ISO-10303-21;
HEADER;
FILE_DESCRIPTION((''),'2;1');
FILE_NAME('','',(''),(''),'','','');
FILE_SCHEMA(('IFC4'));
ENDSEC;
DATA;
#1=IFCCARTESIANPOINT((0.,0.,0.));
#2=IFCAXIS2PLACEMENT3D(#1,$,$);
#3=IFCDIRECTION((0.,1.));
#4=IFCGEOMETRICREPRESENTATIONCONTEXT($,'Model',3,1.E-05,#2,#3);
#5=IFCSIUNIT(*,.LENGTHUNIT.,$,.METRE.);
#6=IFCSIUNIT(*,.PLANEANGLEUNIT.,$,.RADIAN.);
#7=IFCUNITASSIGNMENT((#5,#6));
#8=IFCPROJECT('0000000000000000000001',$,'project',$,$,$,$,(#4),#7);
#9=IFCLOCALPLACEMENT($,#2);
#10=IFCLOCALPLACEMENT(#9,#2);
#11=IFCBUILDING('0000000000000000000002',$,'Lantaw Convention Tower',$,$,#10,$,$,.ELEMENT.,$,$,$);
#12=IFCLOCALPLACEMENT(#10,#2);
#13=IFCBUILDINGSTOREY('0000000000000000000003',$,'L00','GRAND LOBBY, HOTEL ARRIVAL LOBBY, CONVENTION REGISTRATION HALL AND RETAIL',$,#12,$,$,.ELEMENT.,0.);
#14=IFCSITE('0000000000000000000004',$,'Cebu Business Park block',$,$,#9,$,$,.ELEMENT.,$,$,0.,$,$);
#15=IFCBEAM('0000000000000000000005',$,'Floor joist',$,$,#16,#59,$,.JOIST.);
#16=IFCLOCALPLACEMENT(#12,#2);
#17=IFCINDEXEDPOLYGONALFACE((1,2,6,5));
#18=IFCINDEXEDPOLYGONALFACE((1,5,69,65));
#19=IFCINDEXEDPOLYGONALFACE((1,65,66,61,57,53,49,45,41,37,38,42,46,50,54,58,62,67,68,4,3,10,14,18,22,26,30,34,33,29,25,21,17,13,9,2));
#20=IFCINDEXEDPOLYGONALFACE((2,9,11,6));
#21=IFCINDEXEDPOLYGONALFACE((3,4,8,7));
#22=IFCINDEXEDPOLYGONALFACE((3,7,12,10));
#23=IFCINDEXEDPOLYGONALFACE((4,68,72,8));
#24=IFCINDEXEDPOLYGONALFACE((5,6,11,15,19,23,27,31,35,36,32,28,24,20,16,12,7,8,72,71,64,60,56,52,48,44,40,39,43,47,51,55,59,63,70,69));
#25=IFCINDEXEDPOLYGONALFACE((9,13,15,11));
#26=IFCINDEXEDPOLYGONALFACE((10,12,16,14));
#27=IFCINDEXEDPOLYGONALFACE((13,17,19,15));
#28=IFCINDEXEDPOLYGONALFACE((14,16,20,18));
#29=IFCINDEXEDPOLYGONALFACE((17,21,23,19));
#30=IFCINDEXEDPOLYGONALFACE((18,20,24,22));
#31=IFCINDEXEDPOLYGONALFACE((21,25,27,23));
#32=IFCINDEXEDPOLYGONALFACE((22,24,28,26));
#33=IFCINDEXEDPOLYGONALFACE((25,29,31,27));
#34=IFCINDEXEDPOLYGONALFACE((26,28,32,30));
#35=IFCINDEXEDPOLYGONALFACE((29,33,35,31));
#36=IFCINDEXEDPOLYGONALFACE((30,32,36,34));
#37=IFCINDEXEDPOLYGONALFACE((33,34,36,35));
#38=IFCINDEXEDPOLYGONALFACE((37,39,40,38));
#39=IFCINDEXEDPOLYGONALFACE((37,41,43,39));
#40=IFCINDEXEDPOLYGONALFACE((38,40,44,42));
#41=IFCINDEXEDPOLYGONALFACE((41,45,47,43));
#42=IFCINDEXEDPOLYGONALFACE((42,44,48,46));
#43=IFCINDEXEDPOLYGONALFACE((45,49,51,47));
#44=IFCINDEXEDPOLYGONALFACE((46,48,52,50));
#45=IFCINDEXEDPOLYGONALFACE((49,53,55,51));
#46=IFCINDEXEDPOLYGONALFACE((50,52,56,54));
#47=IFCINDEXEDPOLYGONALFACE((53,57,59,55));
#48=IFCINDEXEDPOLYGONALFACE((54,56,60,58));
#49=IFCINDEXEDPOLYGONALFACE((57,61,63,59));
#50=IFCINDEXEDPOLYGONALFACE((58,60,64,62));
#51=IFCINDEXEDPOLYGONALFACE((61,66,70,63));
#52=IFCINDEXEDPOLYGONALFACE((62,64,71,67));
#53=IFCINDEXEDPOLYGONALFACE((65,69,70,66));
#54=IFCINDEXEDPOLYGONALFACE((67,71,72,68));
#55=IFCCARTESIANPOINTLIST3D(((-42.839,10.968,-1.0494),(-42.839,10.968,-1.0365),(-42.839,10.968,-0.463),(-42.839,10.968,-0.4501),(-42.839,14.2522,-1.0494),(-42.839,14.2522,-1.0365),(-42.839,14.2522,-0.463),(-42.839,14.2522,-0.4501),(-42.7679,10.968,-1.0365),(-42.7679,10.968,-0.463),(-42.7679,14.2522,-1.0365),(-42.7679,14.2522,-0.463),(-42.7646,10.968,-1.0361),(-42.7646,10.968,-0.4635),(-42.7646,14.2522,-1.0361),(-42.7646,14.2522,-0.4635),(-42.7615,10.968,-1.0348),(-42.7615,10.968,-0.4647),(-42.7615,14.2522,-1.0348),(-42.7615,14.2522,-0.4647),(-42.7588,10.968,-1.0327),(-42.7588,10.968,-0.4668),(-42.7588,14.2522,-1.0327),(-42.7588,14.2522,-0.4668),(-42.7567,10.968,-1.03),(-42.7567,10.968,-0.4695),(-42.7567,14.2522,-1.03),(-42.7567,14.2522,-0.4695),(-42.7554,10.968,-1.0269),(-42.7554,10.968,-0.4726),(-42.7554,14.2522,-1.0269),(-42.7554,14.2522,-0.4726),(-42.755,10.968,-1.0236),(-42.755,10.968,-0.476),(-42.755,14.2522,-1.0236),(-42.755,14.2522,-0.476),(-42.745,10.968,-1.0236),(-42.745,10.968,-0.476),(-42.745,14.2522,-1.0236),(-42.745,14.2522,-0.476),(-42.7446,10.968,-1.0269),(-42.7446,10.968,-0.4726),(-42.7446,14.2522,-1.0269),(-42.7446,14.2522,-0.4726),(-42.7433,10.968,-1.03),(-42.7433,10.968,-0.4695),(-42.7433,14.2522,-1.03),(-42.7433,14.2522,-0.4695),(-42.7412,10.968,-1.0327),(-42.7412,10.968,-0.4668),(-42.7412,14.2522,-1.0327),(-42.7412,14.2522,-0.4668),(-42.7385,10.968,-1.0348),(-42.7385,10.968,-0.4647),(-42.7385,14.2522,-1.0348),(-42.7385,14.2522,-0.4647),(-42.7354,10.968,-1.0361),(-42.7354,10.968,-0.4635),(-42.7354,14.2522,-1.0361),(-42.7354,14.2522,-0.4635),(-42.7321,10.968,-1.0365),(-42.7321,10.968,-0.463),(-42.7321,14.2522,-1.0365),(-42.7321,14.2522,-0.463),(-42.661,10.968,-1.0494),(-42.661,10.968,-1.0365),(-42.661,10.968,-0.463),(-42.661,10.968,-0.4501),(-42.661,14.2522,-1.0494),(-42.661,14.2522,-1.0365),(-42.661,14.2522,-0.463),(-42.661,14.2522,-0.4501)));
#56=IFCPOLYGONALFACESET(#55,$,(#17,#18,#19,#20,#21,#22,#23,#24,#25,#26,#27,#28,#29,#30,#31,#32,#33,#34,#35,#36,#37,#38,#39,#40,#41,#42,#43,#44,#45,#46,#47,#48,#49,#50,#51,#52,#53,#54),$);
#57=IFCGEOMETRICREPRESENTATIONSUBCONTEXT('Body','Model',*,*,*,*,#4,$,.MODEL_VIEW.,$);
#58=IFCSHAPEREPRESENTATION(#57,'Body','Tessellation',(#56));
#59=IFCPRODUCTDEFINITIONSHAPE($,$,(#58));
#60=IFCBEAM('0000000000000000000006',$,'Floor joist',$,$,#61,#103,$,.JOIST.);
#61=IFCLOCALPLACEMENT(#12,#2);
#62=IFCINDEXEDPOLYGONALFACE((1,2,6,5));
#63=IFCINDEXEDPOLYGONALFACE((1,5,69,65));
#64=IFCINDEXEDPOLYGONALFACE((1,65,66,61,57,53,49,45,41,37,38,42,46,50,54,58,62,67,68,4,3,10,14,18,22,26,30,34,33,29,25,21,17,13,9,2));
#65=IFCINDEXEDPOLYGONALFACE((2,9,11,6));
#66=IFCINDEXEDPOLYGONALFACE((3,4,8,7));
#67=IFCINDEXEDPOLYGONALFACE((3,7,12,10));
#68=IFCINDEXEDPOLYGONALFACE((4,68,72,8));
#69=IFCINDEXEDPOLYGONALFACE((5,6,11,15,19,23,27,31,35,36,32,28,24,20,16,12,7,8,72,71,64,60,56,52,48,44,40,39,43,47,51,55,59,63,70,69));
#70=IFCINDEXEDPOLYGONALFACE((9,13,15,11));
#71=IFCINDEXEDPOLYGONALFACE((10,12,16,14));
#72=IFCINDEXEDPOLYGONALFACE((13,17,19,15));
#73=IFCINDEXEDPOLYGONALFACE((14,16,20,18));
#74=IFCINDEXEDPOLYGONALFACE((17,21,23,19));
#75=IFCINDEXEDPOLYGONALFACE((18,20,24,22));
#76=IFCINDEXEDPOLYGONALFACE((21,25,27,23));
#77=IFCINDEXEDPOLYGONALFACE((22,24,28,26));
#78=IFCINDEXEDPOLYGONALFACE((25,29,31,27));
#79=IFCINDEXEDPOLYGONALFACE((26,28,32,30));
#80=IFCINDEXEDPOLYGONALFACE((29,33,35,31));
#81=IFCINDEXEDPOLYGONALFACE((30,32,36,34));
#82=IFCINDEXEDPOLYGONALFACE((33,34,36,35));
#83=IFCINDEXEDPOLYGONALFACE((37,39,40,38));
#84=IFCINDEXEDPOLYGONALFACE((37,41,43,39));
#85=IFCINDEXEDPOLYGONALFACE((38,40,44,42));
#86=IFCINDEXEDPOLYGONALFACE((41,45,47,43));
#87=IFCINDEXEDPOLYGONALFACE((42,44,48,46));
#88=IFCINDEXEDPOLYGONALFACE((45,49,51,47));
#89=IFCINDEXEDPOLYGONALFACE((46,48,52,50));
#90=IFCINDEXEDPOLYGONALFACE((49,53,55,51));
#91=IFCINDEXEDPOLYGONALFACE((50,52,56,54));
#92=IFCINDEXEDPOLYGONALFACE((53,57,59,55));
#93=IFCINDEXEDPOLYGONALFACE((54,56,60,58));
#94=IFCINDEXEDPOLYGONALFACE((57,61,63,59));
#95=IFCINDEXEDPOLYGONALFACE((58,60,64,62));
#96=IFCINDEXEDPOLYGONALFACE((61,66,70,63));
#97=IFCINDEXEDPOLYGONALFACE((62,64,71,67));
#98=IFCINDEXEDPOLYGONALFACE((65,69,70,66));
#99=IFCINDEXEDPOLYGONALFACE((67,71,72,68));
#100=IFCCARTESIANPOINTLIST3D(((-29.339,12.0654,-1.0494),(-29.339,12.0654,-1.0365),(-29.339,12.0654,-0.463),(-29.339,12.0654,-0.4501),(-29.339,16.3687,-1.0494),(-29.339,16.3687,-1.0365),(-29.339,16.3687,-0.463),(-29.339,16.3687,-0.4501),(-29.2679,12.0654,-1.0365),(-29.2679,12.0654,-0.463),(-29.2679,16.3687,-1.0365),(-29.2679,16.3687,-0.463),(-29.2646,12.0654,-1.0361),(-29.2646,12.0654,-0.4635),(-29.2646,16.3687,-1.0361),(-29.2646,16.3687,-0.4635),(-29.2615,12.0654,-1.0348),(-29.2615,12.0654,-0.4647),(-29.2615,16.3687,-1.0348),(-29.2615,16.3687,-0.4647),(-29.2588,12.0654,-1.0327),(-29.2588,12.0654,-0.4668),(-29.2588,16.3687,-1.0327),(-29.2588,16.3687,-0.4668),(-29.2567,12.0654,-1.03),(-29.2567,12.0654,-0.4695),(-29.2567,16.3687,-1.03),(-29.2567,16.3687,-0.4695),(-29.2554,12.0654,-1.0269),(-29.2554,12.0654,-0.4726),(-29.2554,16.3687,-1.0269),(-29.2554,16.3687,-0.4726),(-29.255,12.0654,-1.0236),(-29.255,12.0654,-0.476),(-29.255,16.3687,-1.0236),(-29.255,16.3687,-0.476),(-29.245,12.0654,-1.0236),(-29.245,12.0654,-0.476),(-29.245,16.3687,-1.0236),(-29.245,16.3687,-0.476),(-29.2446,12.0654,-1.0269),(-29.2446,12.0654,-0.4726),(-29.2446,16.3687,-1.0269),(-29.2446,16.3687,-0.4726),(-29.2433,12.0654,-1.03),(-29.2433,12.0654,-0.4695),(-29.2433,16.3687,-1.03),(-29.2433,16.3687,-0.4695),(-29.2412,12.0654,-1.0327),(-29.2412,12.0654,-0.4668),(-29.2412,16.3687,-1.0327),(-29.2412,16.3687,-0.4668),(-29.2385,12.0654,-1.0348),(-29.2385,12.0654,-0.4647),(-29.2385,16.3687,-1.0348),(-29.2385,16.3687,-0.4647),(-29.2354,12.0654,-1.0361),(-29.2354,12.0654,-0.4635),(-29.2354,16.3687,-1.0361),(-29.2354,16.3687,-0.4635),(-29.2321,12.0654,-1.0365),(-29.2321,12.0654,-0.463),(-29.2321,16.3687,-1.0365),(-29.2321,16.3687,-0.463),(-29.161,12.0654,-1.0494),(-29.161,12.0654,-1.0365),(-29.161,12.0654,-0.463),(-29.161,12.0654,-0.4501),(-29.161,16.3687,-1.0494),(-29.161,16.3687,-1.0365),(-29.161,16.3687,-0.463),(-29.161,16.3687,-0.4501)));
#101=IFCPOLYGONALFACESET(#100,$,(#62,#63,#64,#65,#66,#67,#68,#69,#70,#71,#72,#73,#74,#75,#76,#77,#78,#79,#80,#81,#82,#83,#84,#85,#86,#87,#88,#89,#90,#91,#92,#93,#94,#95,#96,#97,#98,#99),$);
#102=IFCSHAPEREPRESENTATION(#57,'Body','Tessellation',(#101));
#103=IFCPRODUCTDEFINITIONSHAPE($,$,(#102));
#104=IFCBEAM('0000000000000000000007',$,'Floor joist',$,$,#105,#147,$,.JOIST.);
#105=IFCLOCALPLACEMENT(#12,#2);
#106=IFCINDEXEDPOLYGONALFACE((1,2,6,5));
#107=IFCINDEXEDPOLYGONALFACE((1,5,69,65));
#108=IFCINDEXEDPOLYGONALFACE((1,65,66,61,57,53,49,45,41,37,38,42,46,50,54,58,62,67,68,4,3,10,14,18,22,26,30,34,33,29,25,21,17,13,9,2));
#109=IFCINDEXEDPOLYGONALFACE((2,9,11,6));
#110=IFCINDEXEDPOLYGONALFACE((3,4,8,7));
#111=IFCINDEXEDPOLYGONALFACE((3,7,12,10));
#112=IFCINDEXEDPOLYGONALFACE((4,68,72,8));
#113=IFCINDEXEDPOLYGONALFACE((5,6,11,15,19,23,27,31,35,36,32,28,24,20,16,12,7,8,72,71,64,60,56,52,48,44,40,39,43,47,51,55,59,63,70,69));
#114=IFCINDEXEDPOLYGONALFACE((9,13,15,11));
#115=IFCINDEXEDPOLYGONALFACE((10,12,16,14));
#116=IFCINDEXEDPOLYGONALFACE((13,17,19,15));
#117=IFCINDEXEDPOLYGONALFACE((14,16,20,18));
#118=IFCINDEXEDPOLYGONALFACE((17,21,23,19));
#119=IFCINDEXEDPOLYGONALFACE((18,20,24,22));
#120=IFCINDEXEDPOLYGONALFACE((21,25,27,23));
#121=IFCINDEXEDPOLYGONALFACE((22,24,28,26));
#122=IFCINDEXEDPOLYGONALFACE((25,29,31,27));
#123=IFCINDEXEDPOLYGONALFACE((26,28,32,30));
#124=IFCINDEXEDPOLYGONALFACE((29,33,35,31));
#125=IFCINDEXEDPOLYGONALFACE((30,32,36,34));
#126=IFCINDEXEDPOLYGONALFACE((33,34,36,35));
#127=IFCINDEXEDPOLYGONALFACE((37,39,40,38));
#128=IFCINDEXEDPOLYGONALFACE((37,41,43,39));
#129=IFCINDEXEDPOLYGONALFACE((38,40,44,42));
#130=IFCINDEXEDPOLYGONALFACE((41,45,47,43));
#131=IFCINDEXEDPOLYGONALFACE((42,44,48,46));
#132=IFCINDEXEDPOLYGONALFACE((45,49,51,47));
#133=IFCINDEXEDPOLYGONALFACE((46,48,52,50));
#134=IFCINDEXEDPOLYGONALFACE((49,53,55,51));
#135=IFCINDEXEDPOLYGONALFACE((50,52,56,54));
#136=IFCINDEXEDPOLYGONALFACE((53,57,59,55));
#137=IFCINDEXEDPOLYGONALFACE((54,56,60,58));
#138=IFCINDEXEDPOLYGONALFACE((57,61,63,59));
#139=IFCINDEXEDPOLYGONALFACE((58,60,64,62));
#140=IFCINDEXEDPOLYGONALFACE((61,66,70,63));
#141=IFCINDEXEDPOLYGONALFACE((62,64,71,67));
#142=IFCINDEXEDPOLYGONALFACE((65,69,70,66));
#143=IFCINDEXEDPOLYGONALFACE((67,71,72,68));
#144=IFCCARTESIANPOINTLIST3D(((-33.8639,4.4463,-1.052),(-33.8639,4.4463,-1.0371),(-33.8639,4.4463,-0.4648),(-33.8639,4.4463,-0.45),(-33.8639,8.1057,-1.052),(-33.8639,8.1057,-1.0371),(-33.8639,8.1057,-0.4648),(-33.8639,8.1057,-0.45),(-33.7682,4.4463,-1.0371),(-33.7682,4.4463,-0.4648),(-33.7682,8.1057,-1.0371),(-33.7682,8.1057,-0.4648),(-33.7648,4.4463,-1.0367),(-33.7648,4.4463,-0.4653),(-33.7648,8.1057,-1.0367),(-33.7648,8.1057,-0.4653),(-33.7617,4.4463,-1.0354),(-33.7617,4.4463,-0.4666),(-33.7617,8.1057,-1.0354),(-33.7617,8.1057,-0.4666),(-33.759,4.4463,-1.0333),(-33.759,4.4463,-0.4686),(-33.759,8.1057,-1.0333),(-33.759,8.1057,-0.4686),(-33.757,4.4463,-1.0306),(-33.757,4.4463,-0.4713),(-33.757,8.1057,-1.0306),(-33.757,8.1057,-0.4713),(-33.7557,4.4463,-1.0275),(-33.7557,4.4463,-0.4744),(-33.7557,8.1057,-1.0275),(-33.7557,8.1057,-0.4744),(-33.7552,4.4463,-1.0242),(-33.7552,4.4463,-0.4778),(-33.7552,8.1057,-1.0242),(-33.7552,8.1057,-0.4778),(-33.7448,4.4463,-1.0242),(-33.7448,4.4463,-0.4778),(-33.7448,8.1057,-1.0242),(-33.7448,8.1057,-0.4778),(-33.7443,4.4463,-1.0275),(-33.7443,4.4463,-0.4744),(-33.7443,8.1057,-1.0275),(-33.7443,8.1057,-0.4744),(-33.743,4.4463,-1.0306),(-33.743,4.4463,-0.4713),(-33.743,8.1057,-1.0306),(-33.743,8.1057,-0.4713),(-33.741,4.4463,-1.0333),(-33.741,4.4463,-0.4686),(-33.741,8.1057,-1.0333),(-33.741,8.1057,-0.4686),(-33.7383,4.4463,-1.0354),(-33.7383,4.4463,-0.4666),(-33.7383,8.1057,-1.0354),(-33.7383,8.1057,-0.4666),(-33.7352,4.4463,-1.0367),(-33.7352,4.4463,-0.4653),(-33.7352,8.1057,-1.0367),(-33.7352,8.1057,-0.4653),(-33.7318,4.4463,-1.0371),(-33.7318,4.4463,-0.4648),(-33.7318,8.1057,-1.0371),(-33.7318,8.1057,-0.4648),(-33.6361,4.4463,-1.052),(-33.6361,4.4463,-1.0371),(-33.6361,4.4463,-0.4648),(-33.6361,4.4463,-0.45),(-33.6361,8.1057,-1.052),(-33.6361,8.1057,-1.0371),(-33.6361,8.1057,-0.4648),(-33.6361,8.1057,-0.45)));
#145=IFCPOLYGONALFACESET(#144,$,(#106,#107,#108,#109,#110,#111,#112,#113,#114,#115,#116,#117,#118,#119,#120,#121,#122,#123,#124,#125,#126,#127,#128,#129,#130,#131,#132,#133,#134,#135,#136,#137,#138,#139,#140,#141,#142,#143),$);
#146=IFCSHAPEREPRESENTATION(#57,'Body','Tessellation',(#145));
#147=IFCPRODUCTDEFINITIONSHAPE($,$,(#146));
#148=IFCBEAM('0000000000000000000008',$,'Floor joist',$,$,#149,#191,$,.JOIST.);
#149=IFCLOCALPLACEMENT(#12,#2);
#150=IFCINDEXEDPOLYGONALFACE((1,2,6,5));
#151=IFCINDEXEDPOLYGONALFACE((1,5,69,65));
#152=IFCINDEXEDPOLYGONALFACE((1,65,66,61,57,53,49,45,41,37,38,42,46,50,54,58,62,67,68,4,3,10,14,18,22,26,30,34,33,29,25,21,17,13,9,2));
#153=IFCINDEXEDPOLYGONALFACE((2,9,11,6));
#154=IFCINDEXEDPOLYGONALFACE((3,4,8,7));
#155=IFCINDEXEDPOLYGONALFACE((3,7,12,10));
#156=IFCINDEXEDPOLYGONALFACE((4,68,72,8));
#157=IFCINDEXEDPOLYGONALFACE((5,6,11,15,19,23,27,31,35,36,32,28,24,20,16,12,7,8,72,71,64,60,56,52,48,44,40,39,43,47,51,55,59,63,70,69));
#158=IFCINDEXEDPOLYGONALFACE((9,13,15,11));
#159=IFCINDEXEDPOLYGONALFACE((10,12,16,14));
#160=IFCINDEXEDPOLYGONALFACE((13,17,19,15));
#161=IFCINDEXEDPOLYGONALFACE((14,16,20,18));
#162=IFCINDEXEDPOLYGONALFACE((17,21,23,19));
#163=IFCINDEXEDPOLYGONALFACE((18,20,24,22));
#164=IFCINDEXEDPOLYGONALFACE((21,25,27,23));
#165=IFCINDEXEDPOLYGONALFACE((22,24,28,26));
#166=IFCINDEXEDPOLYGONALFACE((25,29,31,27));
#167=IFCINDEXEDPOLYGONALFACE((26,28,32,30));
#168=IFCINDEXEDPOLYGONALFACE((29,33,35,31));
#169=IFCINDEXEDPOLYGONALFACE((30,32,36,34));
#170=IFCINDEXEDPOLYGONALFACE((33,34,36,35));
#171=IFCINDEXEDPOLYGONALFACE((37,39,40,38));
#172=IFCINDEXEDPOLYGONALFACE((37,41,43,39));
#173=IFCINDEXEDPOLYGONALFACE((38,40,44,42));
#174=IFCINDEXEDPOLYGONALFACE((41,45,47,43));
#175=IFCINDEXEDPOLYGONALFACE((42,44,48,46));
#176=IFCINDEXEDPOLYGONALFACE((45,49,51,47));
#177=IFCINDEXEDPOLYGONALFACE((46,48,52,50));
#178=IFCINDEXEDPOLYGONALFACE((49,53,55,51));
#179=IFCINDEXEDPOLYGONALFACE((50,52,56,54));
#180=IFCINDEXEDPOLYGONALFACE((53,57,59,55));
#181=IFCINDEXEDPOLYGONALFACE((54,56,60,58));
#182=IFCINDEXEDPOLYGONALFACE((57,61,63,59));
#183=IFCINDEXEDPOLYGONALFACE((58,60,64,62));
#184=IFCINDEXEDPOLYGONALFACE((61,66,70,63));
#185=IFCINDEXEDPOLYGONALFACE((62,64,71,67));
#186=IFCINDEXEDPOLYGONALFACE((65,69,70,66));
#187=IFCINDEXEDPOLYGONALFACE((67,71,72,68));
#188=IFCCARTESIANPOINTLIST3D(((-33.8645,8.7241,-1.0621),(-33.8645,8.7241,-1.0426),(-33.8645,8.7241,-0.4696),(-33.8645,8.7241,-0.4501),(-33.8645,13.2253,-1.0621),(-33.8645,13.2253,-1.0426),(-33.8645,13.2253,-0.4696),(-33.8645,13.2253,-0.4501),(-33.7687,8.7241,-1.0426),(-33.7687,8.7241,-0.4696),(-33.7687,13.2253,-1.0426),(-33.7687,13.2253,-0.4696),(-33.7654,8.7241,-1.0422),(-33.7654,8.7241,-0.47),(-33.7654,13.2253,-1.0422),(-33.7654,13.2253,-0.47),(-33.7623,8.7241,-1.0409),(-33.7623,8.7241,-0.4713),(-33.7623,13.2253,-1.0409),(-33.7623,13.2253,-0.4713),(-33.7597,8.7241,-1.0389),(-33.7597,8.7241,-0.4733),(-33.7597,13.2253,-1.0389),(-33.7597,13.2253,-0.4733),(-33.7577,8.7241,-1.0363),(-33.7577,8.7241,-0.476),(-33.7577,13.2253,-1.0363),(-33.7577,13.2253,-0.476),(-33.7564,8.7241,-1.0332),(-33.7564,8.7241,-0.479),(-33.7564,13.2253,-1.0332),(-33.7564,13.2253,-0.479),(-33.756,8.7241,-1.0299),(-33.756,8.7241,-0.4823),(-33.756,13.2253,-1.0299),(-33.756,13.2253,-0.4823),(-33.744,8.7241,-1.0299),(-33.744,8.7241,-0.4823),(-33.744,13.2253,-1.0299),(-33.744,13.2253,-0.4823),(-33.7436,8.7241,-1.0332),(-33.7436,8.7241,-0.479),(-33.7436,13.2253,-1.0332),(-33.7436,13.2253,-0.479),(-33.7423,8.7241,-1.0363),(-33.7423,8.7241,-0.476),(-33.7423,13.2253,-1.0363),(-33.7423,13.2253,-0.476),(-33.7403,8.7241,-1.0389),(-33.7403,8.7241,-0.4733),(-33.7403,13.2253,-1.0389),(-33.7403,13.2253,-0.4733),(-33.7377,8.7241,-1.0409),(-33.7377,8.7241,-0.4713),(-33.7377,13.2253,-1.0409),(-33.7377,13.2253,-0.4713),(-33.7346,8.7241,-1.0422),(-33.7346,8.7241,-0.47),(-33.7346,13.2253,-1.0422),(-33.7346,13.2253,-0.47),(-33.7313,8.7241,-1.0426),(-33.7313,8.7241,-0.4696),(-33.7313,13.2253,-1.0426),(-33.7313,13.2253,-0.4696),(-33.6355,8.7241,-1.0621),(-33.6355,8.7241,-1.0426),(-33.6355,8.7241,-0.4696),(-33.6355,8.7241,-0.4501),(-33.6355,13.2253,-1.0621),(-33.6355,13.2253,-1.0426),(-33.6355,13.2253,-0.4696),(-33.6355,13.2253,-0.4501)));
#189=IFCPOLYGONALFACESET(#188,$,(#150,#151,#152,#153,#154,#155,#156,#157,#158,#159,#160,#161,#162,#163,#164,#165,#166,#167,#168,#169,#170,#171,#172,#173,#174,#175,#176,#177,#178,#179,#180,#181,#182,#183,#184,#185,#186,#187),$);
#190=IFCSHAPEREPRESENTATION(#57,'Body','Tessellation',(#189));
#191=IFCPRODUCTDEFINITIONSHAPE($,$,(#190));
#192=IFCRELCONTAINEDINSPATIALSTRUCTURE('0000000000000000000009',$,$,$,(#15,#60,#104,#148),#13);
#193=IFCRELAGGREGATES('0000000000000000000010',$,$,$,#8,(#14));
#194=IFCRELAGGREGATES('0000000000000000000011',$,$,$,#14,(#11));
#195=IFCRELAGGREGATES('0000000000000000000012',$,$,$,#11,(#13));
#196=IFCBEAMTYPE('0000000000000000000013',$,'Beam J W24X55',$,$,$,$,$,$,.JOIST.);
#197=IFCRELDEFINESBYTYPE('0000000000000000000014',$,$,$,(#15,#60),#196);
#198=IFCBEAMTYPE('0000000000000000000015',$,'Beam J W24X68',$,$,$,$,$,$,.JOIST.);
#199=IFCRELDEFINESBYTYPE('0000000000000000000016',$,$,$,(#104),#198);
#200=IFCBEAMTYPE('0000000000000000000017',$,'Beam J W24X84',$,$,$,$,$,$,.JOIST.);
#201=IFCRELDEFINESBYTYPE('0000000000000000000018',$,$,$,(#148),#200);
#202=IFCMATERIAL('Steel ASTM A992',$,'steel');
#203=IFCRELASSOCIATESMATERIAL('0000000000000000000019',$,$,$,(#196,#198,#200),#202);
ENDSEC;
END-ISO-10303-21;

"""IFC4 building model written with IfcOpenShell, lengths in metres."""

from ifc_helpers import new_model, si_unit, direction, frame, origin, origin_2d, place, context, subcontext, project, spatial, i_section, extrude, material, material_profile, profile_set, type_object, element, save


model = new_model("IFC4")

# Units and contexts
model_context = context("Model", 3, precision=1e-05, world=origin(), true_north=direction((0.0, 1.0)))
body_context = subcontext(model_context, "Body", "Model", "MODEL_VIEW")
ifc_project = project(units=[si_unit("LENGTHUNIT", "METRE"), si_unit("PLANEANGLEUNIT", "RADIAN")], contexts=[model_context])

# Site, building, storey
site_placement = place(None, origin())
site = spatial("IfcSite", under=ifc_project, at=site_placement, Name="Cebu Business Park block", CompositionType="ELEMENT", RefElevation=0.0)
building_placement = place(site_placement, origin())
building = spatial("IfcBuilding", under=site, at=building_placement, Name="Lantaw Convention Tower", CompositionType="ELEMENT")
storey_placement = place(building_placement, origin())
storey = spatial("IfcBuildingStorey", under=building, at=storey_placement, Name="L00", Description="GRAND LOBBY, HOTEL ARRIVAL LOBBY, CONVENTION REGISTRATION HALL AND RETAIL", CompositionType="ELEMENT", Elevation=0.0)

# Beams
ifc_material_1 = material(Name="Steel ASTM A992", Category="steel")
ifc_material_profile_1 = material_profile(ifc_material_1, i_section(OverallWidth=0.178, OverallDepth=0.5994, WebThickness=0.01, FlangeThickness=0.0129, FilletRadius=0.0129, at=origin_2d()), Name="W24X55")
ifc_profile_set_1 = profile_set([ifc_material_profile_1], Name="Steel ASTM A992")
beam_type_1 = type_object("IfcBeamType", Name="Beam J W24X55", PredefinedType="JOIST", material=ifc_profile_set_1)
beam_1_placement = place(storey_placement, frame((-42.75, 10.968, -0.7498), z_axis=(0.0, 1.0, 0.0), x_axis=(-1.0, 0.0, 0.0)))
element("IfcBeam", 1, at=beam_1_placement, inside=storey, type_object=beam_type_1, Name="Floor joist", PredefinedType="JOIST", context=body_context, shape_type="SweptSolid", body=[
    extrude(i_section(OverallWidth=0.178, OverallDepth=0.5994, WebThickness=0.01, FlangeThickness=0.0129, FilletRadius=0.0129, at=origin_2d()), origin(), (0.0, 0.0, 1.0), 3.2842),
])
beam_2_placement = place(storey_placement, frame((-29.25, 12.0654, -0.7498), z_axis=(0.0, 1.0, 0.0), x_axis=(-1.0, 0.0, 0.0)))
element("IfcBeam", 2, at=beam_2_placement, inside=storey, type_object=beam_type_1, Name="Floor joist", PredefinedType="JOIST", context=body_context, shape_type="SweptSolid", body=[
    extrude(i_section(OverallWidth=0.178, OverallDepth=0.5994, WebThickness=0.01, FlangeThickness=0.0129, FilletRadius=0.0129, at=origin_2d()), origin(), (0.0, 0.0, 1.0), 4.3032),
])
ifc_material_profile_2 = material_profile(ifc_material_1, i_section(OverallWidth=0.2278, OverallDepth=0.6021, WebThickness=0.0105, FlangeThickness=0.0149, FilletRadius=0.0129, at=origin_2d()), Name="W24X68")
ifc_profile_set_2 = profile_set([ifc_material_profile_2], Name="Steel ASTM A992")
beam_type_2 = type_object("IfcBeamType", Name="Beam J W24X68", PredefinedType="JOIST", material=ifc_profile_set_2)
beam_3_placement = place(storey_placement, frame((-33.75, 4.4463, -0.751), z_axis=(0.0, 1.0, 0.0), x_axis=(-1.0, 0.0, 0.0)))
element("IfcBeam", 3, at=beam_3_placement, inside=storey, type_object=beam_type_2, Name="Floor joist", PredefinedType="JOIST", context=body_context, shape_type="SweptSolid", body=[
    extrude(i_section(OverallWidth=0.2278, OverallDepth=0.6021, WebThickness=0.0105, FlangeThickness=0.0149, FilletRadius=0.0129, at=origin_2d()), origin(), (0.0, 0.0, 1.0), 3.6594),
])
ifc_material_profile_3 = material_profile(ifc_material_1, i_section(OverallWidth=0.229, OverallDepth=0.6121, WebThickness=0.012, FlangeThickness=0.0195, FilletRadius=0.0127, at=origin_2d()), Name="W24X84")
ifc_profile_set_3 = profile_set([ifc_material_profile_3], Name="Steel ASTM A992")
beam_type_3 = type_object("IfcBeamType", Name="Beam J W24X84", PredefinedType="JOIST", material=ifc_profile_set_3)
beam_4_placement = place(storey_placement, frame((-33.75, 8.7241, -0.7561), z_axis=(0.0, 1.0, 0.0), x_axis=(-1.0, 0.0, 0.0)))
element("IfcBeam", 4, at=beam_4_placement, inside=storey, type_object=beam_type_3, Name="Floor joist", PredefinedType="JOIST", context=body_context, shape_type="SweptSolid", body=[
    extrude(i_section(OverallWidth=0.229, OverallDepth=0.6121, WebThickness=0.012, FlangeThickness=0.0195, FilletRadius=0.0127, at=origin_2d()), origin(), (0.0, 0.0, 1.0), 4.5012),
])

save(model, "model.ifc")
